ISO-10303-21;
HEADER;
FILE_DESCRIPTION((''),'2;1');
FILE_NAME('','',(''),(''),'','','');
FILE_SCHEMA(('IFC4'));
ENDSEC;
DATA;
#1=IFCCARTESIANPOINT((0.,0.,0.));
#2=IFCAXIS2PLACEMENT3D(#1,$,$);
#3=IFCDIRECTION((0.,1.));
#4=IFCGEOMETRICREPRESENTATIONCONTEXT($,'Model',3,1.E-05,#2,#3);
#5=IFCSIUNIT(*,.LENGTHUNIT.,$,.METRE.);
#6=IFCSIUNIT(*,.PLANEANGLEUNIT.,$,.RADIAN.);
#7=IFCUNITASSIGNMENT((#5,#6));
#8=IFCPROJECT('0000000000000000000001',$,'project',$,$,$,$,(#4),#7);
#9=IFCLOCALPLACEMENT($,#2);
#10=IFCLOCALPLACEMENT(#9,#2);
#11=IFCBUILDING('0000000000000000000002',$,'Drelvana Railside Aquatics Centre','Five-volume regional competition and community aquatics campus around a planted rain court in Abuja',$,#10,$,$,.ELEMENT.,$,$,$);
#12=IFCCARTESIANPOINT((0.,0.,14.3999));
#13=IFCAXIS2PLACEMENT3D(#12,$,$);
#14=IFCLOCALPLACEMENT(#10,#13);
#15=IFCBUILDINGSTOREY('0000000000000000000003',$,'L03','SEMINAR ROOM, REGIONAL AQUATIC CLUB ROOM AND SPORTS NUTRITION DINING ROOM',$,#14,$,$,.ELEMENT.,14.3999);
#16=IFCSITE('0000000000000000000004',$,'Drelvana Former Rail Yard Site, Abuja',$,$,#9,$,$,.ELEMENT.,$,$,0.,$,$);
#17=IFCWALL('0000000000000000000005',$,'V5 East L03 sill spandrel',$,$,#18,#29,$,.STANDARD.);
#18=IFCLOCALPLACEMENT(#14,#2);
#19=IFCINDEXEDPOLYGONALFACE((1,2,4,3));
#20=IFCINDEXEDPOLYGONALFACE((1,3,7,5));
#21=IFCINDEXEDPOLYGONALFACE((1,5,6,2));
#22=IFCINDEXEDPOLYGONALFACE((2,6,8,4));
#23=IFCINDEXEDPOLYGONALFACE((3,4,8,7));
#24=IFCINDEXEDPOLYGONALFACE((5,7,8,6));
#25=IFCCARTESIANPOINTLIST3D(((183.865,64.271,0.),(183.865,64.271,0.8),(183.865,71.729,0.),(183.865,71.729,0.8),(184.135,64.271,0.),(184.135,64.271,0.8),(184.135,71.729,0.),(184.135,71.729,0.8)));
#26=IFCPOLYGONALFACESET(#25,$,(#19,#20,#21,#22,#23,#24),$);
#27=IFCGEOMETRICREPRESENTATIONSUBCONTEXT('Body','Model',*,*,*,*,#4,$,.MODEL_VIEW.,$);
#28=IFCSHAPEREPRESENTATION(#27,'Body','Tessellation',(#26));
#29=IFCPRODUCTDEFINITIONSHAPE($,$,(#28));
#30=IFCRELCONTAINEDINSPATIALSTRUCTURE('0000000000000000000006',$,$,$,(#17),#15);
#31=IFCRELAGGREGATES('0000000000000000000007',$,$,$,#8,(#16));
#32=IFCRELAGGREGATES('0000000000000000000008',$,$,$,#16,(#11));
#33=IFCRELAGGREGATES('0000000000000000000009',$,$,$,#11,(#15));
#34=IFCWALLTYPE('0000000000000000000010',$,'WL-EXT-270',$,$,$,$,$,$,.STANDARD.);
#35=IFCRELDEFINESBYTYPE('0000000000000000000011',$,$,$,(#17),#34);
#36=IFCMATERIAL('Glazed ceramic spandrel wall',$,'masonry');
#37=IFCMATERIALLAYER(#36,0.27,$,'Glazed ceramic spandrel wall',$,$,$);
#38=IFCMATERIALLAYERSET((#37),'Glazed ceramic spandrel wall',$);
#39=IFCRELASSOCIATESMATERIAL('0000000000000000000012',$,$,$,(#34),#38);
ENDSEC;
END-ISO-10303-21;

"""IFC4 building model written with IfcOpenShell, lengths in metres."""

from ifc_helpers import new_model, si_unit, direction, frame, frame_2d, origin, place, context, subcontext, project, spatial, rectangle, extrude, material, layer, layer_set, type_object, element, save


model = new_model("IFC4")

# Units and contexts
model_context = context("Model", 3, precision=1e-05, world=origin(), true_north=direction((0.0, 1.0)))
body_context = subcontext(model_context, "Body", "Model", "MODEL_VIEW")
ifc_project = project(units=[si_unit("LENGTHUNIT", "METRE"), si_unit("PLANEANGLEUNIT", "RADIAN")], contexts=[model_context])

# Site, building, storey
site_placement = place(None, origin())
site = spatial("IfcSite", under=ifc_project, at=site_placement, Name="Drelvana Former Rail Yard Site, Abuja", CompositionType="ELEMENT", RefElevation=0.0)
building_placement = place(site_placement, origin())
building = spatial("IfcBuilding", under=site, at=building_placement, Name="Drelvana Railside Aquatics Centre", Description="Five-volume regional competition and community aquatics campus around a planted rain court in Abuja", CompositionType="ELEMENT")
storey_placement = place(building_placement, frame((0.0, 0.0, 14.3999)))
storey = spatial("IfcBuildingStorey", under=building, at=storey_placement, Name="L03", Description="SEMINAR ROOM, REGIONAL AQUATIC CLUB ROOM AND SPORTS NUTRITION DINING ROOM", CompositionType="ELEMENT", Elevation=14.3999)

# Wall
ifc_material_1 = material(Name="Glazed ceramic spandrel wall", Category="masonry")
ifc_layer_1 = layer(ifc_material_1, 0.27, Name="Glazed ceramic spandrel wall")
ifc_layer_set_1 = layer_set([ifc_layer_1], Name="Glazed ceramic spandrel wall")
wall_type = type_object("IfcWallType", Name="WL-EXT-270", PredefinedType="STANDARD", material=ifc_layer_set_1)
wall_placement = place(storey_placement, frame((184.0, 64.271, 0.0), z_axis=(0.0, 0.0, 1.0), x_axis=(0.0, 1.0, 0.0)))
element("IfcWall", 1, at=wall_placement, inside=storey, type_object=wall_type, Name="V5 East L03 sill spandrel", PredefinedType="STANDARD", context=body_context, shape_type="SweptSolid", body=[
    extrude(rectangle(XDim=7.458, YDim=0.27, at=frame_2d((3.729, 0.0))), origin(), (0.0, 0.0, 1.0), 0.8),
])

save(model, "model.ifc")
